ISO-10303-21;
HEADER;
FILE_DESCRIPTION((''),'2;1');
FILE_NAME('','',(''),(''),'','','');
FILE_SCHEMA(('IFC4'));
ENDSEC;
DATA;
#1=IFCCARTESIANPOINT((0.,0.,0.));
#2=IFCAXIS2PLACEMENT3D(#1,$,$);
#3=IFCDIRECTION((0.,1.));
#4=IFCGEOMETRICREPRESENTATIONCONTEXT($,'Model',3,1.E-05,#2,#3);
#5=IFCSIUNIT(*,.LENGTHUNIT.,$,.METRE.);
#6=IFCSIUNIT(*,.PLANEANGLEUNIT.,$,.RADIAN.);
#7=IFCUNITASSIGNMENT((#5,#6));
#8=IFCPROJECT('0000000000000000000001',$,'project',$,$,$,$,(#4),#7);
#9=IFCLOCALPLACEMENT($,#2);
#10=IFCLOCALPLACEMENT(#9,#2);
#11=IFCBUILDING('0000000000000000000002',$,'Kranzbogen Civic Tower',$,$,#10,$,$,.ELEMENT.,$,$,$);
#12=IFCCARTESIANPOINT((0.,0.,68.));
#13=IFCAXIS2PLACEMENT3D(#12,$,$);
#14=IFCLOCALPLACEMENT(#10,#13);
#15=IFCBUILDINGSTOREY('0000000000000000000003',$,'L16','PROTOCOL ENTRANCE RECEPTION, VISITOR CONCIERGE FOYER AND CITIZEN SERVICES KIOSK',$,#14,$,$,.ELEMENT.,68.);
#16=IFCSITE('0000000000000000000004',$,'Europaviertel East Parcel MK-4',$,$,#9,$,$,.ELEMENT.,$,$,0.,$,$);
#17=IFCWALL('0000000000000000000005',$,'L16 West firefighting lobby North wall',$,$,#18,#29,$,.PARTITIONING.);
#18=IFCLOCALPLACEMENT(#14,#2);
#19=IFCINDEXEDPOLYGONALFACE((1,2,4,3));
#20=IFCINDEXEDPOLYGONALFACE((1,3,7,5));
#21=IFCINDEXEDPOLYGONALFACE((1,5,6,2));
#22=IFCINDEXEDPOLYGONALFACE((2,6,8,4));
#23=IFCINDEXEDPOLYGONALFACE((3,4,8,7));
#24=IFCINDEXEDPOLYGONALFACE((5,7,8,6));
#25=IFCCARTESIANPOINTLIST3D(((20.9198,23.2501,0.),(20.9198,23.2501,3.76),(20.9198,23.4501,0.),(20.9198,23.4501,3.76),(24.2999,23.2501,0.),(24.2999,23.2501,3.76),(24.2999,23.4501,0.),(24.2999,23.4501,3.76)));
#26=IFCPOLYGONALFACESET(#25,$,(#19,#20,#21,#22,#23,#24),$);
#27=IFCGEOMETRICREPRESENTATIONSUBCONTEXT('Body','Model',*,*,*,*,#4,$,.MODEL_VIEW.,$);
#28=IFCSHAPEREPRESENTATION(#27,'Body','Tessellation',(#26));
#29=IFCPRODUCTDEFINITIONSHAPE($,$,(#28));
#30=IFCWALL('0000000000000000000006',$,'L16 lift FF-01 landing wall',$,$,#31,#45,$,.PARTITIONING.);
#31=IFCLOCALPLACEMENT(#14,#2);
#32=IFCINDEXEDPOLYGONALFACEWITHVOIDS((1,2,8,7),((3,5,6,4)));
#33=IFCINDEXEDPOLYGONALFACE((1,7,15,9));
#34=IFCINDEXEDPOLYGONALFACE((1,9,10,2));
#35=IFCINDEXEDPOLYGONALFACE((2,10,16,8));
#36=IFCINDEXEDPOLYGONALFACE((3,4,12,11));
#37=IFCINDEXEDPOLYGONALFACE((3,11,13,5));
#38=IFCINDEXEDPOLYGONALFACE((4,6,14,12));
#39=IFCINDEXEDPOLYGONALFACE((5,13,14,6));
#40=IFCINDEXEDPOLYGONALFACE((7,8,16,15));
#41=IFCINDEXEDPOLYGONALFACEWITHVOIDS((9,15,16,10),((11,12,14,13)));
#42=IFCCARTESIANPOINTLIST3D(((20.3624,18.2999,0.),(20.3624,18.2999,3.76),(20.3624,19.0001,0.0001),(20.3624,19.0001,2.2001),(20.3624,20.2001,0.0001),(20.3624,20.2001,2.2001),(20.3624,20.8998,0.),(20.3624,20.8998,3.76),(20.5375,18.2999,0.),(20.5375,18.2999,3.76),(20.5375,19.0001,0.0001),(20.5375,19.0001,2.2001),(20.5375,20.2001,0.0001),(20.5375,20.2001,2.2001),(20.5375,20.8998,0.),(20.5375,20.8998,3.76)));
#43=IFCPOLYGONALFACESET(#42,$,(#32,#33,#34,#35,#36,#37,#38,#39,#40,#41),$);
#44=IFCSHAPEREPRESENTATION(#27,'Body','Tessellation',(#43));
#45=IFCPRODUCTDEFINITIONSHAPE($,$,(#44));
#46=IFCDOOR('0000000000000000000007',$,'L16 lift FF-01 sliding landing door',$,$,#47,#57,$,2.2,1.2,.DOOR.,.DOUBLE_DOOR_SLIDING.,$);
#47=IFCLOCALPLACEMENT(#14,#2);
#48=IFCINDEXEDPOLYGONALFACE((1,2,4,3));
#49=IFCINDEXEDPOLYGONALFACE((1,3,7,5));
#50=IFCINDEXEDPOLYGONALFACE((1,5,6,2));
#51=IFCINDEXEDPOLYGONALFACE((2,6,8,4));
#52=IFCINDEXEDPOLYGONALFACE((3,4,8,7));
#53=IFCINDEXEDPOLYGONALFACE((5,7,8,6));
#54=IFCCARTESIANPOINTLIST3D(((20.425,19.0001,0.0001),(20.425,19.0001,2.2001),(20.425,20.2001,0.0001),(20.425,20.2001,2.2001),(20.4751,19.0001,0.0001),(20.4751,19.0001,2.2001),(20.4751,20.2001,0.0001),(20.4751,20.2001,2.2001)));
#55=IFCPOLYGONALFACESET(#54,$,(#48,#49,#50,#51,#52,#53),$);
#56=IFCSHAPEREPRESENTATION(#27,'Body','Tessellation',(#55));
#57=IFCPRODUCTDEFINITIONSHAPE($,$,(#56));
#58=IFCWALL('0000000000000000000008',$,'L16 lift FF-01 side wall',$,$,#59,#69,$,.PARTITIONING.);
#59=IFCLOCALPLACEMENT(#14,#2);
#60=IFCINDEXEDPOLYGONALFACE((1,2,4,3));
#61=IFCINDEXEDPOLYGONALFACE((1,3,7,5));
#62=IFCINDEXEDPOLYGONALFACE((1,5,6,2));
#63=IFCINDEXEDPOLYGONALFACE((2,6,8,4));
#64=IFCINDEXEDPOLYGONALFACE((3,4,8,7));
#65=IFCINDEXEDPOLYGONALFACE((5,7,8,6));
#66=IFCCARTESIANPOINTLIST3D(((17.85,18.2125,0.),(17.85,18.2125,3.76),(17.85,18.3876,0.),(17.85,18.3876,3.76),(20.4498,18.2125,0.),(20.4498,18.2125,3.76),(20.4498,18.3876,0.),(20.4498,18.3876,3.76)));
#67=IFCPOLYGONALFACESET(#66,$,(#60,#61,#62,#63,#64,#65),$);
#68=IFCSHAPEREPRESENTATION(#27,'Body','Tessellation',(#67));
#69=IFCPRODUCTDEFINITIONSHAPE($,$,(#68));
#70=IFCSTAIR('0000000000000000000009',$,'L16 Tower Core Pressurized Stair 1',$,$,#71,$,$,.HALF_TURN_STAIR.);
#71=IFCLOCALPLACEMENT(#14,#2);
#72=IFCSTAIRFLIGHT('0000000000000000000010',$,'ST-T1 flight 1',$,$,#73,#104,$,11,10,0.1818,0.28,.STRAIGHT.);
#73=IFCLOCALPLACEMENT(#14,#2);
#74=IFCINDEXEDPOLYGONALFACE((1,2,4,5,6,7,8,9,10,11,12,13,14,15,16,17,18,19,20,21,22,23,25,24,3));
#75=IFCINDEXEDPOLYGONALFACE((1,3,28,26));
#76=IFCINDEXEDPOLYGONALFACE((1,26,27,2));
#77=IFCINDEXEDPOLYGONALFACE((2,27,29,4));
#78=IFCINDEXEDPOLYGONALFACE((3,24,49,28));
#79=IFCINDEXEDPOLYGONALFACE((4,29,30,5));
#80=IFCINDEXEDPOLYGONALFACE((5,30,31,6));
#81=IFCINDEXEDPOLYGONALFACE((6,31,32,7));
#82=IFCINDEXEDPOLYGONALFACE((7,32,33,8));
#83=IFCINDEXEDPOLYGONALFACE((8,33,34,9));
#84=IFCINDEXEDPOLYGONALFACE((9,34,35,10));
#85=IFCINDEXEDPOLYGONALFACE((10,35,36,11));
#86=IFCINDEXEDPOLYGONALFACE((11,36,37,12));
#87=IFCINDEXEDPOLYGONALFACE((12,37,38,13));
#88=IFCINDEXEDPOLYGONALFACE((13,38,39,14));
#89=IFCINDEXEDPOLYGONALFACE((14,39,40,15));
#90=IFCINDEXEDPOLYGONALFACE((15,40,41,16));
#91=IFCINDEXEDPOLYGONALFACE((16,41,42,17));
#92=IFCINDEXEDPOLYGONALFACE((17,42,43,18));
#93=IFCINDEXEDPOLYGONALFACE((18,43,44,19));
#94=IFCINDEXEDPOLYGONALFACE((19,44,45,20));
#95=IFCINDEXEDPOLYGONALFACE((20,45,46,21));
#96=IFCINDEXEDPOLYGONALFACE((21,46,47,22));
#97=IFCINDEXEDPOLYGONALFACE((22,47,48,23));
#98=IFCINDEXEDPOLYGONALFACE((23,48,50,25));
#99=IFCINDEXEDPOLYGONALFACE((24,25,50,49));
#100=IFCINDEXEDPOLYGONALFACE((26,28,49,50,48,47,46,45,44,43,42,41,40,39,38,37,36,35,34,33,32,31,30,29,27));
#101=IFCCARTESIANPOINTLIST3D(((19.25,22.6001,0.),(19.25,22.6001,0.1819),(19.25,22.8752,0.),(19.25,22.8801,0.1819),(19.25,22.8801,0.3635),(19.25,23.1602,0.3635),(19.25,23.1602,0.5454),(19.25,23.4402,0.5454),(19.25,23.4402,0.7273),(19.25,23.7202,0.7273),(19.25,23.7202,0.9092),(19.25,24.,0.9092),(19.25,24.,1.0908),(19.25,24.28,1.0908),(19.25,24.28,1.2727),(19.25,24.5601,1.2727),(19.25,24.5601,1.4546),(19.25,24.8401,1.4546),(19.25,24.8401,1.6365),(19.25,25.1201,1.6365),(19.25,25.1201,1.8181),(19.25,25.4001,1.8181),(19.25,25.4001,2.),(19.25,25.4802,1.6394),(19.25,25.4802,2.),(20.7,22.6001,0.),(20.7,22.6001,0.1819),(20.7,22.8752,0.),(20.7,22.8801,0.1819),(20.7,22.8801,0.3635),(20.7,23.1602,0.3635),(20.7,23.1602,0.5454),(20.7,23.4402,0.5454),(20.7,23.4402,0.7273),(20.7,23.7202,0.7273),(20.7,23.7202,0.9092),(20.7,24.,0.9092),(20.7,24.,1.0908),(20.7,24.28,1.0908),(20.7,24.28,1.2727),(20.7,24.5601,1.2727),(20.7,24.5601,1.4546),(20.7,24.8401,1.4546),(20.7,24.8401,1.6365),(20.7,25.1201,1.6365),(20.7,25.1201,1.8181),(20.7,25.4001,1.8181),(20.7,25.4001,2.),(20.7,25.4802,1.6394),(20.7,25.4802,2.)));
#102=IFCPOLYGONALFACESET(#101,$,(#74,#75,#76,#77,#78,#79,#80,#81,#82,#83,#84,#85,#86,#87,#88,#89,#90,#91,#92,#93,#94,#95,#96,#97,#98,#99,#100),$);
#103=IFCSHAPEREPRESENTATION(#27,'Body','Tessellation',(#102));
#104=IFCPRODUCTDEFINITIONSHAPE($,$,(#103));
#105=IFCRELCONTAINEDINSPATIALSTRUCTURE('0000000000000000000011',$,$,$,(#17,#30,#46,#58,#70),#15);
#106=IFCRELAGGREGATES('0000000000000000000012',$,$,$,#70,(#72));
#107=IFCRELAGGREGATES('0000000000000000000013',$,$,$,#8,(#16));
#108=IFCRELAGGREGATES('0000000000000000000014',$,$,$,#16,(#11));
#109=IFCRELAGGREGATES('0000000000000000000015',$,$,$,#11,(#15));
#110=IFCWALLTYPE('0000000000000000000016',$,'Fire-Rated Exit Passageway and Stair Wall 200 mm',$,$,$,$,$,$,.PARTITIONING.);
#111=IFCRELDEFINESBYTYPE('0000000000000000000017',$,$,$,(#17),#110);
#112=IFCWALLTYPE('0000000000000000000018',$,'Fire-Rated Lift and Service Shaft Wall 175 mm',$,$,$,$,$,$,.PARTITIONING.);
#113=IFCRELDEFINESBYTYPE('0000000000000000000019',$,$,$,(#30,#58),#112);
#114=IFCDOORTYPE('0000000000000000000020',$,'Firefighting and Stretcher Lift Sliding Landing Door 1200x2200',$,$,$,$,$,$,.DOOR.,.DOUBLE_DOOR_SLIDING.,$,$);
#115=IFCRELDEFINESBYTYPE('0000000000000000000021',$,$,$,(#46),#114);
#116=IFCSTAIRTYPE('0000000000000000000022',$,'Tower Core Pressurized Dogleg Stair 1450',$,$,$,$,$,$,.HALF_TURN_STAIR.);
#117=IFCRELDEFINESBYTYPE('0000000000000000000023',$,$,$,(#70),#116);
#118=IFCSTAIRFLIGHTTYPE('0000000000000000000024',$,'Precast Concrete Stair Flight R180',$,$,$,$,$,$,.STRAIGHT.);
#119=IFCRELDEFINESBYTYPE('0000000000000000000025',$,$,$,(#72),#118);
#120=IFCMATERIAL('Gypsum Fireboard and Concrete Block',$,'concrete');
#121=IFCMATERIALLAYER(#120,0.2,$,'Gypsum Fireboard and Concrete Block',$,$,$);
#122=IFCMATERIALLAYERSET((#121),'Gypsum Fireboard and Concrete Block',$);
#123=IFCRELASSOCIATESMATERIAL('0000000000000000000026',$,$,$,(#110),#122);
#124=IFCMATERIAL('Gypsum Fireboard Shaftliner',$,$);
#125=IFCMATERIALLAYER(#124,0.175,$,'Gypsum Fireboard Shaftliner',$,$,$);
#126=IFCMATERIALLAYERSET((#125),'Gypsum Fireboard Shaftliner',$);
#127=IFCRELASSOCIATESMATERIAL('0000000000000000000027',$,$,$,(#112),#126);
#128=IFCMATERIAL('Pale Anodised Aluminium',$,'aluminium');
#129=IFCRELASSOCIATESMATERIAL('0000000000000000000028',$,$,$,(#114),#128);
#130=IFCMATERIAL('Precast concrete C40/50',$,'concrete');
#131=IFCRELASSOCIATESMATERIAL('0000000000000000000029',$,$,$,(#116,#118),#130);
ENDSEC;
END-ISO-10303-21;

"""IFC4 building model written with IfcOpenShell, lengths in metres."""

from ifc_helpers import new_model, si_unit, direction, frame, frame_2d, origin, place, context, subcontext, project, spatial, polyline, rectangle, outline, extrude, material, layer, layer_set, type_object, element, fill, aggregate, save


model = new_model("IFC4")

# Units and contexts
model_context = context("Model", 3, precision=1e-05, world=origin(), true_north=direction((0.0, 1.0)))
body_context = subcontext(model_context, "Body", "Model", "MODEL_VIEW")
ifc_project = project(units=[si_unit("LENGTHUNIT", "METRE"), si_unit("PLANEANGLEUNIT", "RADIAN")], contexts=[model_context])

# Site, building, storey
site_placement = place(None, origin())
site = spatial("IfcSite", under=ifc_project, at=site_placement, Name="Europaviertel East Parcel MK-4", CompositionType="ELEMENT", RefElevation=0.0)
building_placement = place(site_placement, origin())
building = spatial("IfcBuilding", under=site, at=building_placement, Name="Kranzbogen Civic Tower", CompositionType="ELEMENT")
storey_placement = place(building_placement, frame((0.0, 0.0, 68.0)))
storey = spatial("IfcBuildingStorey", under=building, at=storey_placement, Name="L16", Description="PROTOCOL ENTRANCE RECEPTION, VISITOR CONCIERGE FOYER AND CITIZEN SERVICES KIOSK", CompositionType="ELEMENT", Elevation=68.0)

# Shared definitions
ifc_material_1 = material(Name="Pale Anodised Aluminium", Category="aluminium")

# Wall
ifc_material_2 = material(Name="Gypsum Fireboard and Concrete Block", Category="concrete")
ifc_layer_1 = layer(ifc_material_2, 0.2, Name="Gypsum Fireboard and Concrete Block")
ifc_layer_set_1 = layer_set([ifc_layer_1], Name="Gypsum Fireboard and Concrete Block")
wall_type_1 = type_object("IfcWallType", Name="Fire-Rated Exit Passageway and Stair Wall 200 mm", PredefinedType="PARTITIONING", material=ifc_layer_set_1)
wall_1_placement = place(storey_placement, frame((20.9199, 23.3501, 0.0), z_axis=(0.0, 0.0, 1.0), x_axis=(1.0, 0.0, 0.0)))
element("IfcWall", 1, at=wall_1_placement, inside=storey, type_object=wall_type_1, Name="L16 West firefighting lobby North wall", PredefinedType="PARTITIONING", context=body_context, shape_type="SweptSolid", body=[
    extrude(rectangle(XDim=3.3801, YDim=0.2, at=frame_2d((1.6899, 0.0))), origin(), (0.0, 0.0, 1.0), 3.76),
])

# Wall, opening, door
ifc_material_3 = material(Name="Gypsum Fireboard Shaftliner")
ifc_layer_2 = layer(ifc_material_3, 0.175, Name="Gypsum Fireboard Shaftliner")
ifc_layer_set_2 = layer_set([ifc_layer_2], Name="Gypsum Fireboard Shaftliner")
wall_type_2 = type_object("IfcWallType", Name="Fire-Rated Lift and Service Shaft Wall 175 mm", PredefinedType="PARTITIONING", material=ifc_layer_set_2)
wall_2_placement = place(storey_placement, frame((20.45, 18.3, 0.0), z_axis=(0.0, 0.0, 1.0), x_axis=(0.0, 1.0, 0.0)))
wall_2 = element("IfcWall", 2, at=wall_2_placement, inside=storey, type_object=wall_type_2, Name="L16 lift FF-01 landing wall", PredefinedType="PARTITIONING", context=body_context, shape_type="SweptSolid", body=[
    extrude(rectangle(XDim=2.5999, YDim=0.175, at=frame_2d((1.2998, 0.0))), origin(), (0.0, 0.0, 1.0), 3.76),
])
opening_1_placement = place(wall_2_placement, frame((0.7, 0.0, 0.0)))
opening_1 = element("IfcOpeningElement", 3, at=opening_1_placement, cuts=wall_2, PredefinedType="OPENING", context=body_context, shape_type="SweptSolid", body=[
    extrude(rectangle(XDim=1.2, YDim=2.2, at=frame_2d((0.6001, 1.1001))), frame((0.0, 0.0977, 0.0), z_axis=(0.0, -1.0, 0.0), x_axis=(1.0, 0.0, 0.0)), (0.0, 0.0, 1.0), 0.1951),
])
door_type_1 = type_object("IfcDoorType", Name="Firefighting and Stretcher Lift Sliding Landing Door 1200x2200", OperationType="DOUBLE_DOOR_SLIDING", PredefinedType="DOOR", material=ifc_material_1)
door_1_placement = place(opening_1_placement, origin())
door_1 = element("IfcDoor", 4, at=door_1_placement, inside=storey, type_object=door_type_1, Name="L16 lift FF-01 sliding landing door", OperationType="DOUBLE_DOOR_SLIDING", OverallHeight=2.2, OverallWidth=1.2, PredefinedType="DOOR", context=body_context, shape_type="SweptSolid", body=[
    extrude(rectangle(XDim=1.2, YDim=2.2, at=frame_2d((0.6001, 1.1001))), frame((0.0, 0.0249, 0.0), z_axis=(0.0, -1.0, 0.0), x_axis=(1.0, 0.0, 0.0)), (0.0, 0.0, 1.0), 0.05),
])
fill(opening_1, door_1)

# Wall
wall_3_placement = place(storey_placement, frame((17.8501, 18.3, 0.0), z_axis=(0.0, 0.0, 1.0), x_axis=(1.0, 0.0, 0.0)))
element("IfcWall", 5, at=wall_3_placement, inside=storey, type_object=wall_type_2, Name="L16 lift FF-01 side wall", PredefinedType="PARTITIONING", context=body_context, shape_type="SweptSolid", body=[
    extrude(rectangle(XDim=2.5999, YDim=0.175, at=frame_2d((1.2998, 0.0))), origin(), (0.0, 0.0, 1.0), 3.76),
])

# Stair, stair flight
ifc_material_4 = material(Name="Precast concrete C40/50", Category="concrete")
stair_type = type_object("IfcStairType", Name="Tower Core Pressurized Dogleg Stair 1450", PredefinedType="HALF_TURN_STAIR", material=ifc_material_4)
stair_placement = place(storey_placement, origin())
stair = element("IfcStair", 6, at=stair_placement, inside=storey, type_object=stair_type, Name="L16 Tower Core Pressurized Stair 1", PredefinedType="HALF_TURN_STAIR")
stair_flight_type = type_object("IfcStairFlightType", Name="Precast Concrete Stair Flight R180", PredefinedType="STRAIGHT", material=ifc_material_4)
stair_flight_placement = place(storey_placement, frame((19.9751, 22.6001, 0.0), z_axis=(0.0, 0.0, 1.0), x_axis=(0.0, 1.0, 0.0)))
stair_flight = element("IfcStairFlight", 7, at=stair_flight_placement, type_object=stair_flight_type, Name="ST-T1 flight 1", NumberOfRisers=11, NumberOfTreads=10, PredefinedType="STRAIGHT", RiserHeight=0.1818, TreadLength=0.28, context=body_context, shape_type="SweptSolid", body=[
    extrude(outline(polyline([(0.0, 0.0), (0.0, 0.1819), (0.28, 0.1819), (0.28, 0.3635), (0.5601, 0.3635), (0.5601, 0.5454), (0.8401, 0.5454), (0.8401, 0.7273), (1.1201, 0.7273), (1.1201, 0.9092), (1.3999, 0.9092), (1.3999, 1.0908), (1.6799, 1.0908), (1.6799, 1.2727), (1.96, 1.2727), (1.96, 1.4546), (2.24, 1.4546), (2.24, 1.6365), (2.52, 1.6365), (2.52, 1.8181), (2.8, 1.8181), (2.8, 2.0), (2.8801, 2.0), (2.8801, 1.6394), (0.2751, 0.0), (0.0, 0.0)])), frame((0.0, 0.7251, 0.0), z_axis=(0.0, -1.0, 0.0), x_axis=(1.0, 0.0, 0.0)), (0.0, 0.0, 1.0), 1.45),
])
aggregate(stair, [stair_flight])

save(model, "model.ifc")
